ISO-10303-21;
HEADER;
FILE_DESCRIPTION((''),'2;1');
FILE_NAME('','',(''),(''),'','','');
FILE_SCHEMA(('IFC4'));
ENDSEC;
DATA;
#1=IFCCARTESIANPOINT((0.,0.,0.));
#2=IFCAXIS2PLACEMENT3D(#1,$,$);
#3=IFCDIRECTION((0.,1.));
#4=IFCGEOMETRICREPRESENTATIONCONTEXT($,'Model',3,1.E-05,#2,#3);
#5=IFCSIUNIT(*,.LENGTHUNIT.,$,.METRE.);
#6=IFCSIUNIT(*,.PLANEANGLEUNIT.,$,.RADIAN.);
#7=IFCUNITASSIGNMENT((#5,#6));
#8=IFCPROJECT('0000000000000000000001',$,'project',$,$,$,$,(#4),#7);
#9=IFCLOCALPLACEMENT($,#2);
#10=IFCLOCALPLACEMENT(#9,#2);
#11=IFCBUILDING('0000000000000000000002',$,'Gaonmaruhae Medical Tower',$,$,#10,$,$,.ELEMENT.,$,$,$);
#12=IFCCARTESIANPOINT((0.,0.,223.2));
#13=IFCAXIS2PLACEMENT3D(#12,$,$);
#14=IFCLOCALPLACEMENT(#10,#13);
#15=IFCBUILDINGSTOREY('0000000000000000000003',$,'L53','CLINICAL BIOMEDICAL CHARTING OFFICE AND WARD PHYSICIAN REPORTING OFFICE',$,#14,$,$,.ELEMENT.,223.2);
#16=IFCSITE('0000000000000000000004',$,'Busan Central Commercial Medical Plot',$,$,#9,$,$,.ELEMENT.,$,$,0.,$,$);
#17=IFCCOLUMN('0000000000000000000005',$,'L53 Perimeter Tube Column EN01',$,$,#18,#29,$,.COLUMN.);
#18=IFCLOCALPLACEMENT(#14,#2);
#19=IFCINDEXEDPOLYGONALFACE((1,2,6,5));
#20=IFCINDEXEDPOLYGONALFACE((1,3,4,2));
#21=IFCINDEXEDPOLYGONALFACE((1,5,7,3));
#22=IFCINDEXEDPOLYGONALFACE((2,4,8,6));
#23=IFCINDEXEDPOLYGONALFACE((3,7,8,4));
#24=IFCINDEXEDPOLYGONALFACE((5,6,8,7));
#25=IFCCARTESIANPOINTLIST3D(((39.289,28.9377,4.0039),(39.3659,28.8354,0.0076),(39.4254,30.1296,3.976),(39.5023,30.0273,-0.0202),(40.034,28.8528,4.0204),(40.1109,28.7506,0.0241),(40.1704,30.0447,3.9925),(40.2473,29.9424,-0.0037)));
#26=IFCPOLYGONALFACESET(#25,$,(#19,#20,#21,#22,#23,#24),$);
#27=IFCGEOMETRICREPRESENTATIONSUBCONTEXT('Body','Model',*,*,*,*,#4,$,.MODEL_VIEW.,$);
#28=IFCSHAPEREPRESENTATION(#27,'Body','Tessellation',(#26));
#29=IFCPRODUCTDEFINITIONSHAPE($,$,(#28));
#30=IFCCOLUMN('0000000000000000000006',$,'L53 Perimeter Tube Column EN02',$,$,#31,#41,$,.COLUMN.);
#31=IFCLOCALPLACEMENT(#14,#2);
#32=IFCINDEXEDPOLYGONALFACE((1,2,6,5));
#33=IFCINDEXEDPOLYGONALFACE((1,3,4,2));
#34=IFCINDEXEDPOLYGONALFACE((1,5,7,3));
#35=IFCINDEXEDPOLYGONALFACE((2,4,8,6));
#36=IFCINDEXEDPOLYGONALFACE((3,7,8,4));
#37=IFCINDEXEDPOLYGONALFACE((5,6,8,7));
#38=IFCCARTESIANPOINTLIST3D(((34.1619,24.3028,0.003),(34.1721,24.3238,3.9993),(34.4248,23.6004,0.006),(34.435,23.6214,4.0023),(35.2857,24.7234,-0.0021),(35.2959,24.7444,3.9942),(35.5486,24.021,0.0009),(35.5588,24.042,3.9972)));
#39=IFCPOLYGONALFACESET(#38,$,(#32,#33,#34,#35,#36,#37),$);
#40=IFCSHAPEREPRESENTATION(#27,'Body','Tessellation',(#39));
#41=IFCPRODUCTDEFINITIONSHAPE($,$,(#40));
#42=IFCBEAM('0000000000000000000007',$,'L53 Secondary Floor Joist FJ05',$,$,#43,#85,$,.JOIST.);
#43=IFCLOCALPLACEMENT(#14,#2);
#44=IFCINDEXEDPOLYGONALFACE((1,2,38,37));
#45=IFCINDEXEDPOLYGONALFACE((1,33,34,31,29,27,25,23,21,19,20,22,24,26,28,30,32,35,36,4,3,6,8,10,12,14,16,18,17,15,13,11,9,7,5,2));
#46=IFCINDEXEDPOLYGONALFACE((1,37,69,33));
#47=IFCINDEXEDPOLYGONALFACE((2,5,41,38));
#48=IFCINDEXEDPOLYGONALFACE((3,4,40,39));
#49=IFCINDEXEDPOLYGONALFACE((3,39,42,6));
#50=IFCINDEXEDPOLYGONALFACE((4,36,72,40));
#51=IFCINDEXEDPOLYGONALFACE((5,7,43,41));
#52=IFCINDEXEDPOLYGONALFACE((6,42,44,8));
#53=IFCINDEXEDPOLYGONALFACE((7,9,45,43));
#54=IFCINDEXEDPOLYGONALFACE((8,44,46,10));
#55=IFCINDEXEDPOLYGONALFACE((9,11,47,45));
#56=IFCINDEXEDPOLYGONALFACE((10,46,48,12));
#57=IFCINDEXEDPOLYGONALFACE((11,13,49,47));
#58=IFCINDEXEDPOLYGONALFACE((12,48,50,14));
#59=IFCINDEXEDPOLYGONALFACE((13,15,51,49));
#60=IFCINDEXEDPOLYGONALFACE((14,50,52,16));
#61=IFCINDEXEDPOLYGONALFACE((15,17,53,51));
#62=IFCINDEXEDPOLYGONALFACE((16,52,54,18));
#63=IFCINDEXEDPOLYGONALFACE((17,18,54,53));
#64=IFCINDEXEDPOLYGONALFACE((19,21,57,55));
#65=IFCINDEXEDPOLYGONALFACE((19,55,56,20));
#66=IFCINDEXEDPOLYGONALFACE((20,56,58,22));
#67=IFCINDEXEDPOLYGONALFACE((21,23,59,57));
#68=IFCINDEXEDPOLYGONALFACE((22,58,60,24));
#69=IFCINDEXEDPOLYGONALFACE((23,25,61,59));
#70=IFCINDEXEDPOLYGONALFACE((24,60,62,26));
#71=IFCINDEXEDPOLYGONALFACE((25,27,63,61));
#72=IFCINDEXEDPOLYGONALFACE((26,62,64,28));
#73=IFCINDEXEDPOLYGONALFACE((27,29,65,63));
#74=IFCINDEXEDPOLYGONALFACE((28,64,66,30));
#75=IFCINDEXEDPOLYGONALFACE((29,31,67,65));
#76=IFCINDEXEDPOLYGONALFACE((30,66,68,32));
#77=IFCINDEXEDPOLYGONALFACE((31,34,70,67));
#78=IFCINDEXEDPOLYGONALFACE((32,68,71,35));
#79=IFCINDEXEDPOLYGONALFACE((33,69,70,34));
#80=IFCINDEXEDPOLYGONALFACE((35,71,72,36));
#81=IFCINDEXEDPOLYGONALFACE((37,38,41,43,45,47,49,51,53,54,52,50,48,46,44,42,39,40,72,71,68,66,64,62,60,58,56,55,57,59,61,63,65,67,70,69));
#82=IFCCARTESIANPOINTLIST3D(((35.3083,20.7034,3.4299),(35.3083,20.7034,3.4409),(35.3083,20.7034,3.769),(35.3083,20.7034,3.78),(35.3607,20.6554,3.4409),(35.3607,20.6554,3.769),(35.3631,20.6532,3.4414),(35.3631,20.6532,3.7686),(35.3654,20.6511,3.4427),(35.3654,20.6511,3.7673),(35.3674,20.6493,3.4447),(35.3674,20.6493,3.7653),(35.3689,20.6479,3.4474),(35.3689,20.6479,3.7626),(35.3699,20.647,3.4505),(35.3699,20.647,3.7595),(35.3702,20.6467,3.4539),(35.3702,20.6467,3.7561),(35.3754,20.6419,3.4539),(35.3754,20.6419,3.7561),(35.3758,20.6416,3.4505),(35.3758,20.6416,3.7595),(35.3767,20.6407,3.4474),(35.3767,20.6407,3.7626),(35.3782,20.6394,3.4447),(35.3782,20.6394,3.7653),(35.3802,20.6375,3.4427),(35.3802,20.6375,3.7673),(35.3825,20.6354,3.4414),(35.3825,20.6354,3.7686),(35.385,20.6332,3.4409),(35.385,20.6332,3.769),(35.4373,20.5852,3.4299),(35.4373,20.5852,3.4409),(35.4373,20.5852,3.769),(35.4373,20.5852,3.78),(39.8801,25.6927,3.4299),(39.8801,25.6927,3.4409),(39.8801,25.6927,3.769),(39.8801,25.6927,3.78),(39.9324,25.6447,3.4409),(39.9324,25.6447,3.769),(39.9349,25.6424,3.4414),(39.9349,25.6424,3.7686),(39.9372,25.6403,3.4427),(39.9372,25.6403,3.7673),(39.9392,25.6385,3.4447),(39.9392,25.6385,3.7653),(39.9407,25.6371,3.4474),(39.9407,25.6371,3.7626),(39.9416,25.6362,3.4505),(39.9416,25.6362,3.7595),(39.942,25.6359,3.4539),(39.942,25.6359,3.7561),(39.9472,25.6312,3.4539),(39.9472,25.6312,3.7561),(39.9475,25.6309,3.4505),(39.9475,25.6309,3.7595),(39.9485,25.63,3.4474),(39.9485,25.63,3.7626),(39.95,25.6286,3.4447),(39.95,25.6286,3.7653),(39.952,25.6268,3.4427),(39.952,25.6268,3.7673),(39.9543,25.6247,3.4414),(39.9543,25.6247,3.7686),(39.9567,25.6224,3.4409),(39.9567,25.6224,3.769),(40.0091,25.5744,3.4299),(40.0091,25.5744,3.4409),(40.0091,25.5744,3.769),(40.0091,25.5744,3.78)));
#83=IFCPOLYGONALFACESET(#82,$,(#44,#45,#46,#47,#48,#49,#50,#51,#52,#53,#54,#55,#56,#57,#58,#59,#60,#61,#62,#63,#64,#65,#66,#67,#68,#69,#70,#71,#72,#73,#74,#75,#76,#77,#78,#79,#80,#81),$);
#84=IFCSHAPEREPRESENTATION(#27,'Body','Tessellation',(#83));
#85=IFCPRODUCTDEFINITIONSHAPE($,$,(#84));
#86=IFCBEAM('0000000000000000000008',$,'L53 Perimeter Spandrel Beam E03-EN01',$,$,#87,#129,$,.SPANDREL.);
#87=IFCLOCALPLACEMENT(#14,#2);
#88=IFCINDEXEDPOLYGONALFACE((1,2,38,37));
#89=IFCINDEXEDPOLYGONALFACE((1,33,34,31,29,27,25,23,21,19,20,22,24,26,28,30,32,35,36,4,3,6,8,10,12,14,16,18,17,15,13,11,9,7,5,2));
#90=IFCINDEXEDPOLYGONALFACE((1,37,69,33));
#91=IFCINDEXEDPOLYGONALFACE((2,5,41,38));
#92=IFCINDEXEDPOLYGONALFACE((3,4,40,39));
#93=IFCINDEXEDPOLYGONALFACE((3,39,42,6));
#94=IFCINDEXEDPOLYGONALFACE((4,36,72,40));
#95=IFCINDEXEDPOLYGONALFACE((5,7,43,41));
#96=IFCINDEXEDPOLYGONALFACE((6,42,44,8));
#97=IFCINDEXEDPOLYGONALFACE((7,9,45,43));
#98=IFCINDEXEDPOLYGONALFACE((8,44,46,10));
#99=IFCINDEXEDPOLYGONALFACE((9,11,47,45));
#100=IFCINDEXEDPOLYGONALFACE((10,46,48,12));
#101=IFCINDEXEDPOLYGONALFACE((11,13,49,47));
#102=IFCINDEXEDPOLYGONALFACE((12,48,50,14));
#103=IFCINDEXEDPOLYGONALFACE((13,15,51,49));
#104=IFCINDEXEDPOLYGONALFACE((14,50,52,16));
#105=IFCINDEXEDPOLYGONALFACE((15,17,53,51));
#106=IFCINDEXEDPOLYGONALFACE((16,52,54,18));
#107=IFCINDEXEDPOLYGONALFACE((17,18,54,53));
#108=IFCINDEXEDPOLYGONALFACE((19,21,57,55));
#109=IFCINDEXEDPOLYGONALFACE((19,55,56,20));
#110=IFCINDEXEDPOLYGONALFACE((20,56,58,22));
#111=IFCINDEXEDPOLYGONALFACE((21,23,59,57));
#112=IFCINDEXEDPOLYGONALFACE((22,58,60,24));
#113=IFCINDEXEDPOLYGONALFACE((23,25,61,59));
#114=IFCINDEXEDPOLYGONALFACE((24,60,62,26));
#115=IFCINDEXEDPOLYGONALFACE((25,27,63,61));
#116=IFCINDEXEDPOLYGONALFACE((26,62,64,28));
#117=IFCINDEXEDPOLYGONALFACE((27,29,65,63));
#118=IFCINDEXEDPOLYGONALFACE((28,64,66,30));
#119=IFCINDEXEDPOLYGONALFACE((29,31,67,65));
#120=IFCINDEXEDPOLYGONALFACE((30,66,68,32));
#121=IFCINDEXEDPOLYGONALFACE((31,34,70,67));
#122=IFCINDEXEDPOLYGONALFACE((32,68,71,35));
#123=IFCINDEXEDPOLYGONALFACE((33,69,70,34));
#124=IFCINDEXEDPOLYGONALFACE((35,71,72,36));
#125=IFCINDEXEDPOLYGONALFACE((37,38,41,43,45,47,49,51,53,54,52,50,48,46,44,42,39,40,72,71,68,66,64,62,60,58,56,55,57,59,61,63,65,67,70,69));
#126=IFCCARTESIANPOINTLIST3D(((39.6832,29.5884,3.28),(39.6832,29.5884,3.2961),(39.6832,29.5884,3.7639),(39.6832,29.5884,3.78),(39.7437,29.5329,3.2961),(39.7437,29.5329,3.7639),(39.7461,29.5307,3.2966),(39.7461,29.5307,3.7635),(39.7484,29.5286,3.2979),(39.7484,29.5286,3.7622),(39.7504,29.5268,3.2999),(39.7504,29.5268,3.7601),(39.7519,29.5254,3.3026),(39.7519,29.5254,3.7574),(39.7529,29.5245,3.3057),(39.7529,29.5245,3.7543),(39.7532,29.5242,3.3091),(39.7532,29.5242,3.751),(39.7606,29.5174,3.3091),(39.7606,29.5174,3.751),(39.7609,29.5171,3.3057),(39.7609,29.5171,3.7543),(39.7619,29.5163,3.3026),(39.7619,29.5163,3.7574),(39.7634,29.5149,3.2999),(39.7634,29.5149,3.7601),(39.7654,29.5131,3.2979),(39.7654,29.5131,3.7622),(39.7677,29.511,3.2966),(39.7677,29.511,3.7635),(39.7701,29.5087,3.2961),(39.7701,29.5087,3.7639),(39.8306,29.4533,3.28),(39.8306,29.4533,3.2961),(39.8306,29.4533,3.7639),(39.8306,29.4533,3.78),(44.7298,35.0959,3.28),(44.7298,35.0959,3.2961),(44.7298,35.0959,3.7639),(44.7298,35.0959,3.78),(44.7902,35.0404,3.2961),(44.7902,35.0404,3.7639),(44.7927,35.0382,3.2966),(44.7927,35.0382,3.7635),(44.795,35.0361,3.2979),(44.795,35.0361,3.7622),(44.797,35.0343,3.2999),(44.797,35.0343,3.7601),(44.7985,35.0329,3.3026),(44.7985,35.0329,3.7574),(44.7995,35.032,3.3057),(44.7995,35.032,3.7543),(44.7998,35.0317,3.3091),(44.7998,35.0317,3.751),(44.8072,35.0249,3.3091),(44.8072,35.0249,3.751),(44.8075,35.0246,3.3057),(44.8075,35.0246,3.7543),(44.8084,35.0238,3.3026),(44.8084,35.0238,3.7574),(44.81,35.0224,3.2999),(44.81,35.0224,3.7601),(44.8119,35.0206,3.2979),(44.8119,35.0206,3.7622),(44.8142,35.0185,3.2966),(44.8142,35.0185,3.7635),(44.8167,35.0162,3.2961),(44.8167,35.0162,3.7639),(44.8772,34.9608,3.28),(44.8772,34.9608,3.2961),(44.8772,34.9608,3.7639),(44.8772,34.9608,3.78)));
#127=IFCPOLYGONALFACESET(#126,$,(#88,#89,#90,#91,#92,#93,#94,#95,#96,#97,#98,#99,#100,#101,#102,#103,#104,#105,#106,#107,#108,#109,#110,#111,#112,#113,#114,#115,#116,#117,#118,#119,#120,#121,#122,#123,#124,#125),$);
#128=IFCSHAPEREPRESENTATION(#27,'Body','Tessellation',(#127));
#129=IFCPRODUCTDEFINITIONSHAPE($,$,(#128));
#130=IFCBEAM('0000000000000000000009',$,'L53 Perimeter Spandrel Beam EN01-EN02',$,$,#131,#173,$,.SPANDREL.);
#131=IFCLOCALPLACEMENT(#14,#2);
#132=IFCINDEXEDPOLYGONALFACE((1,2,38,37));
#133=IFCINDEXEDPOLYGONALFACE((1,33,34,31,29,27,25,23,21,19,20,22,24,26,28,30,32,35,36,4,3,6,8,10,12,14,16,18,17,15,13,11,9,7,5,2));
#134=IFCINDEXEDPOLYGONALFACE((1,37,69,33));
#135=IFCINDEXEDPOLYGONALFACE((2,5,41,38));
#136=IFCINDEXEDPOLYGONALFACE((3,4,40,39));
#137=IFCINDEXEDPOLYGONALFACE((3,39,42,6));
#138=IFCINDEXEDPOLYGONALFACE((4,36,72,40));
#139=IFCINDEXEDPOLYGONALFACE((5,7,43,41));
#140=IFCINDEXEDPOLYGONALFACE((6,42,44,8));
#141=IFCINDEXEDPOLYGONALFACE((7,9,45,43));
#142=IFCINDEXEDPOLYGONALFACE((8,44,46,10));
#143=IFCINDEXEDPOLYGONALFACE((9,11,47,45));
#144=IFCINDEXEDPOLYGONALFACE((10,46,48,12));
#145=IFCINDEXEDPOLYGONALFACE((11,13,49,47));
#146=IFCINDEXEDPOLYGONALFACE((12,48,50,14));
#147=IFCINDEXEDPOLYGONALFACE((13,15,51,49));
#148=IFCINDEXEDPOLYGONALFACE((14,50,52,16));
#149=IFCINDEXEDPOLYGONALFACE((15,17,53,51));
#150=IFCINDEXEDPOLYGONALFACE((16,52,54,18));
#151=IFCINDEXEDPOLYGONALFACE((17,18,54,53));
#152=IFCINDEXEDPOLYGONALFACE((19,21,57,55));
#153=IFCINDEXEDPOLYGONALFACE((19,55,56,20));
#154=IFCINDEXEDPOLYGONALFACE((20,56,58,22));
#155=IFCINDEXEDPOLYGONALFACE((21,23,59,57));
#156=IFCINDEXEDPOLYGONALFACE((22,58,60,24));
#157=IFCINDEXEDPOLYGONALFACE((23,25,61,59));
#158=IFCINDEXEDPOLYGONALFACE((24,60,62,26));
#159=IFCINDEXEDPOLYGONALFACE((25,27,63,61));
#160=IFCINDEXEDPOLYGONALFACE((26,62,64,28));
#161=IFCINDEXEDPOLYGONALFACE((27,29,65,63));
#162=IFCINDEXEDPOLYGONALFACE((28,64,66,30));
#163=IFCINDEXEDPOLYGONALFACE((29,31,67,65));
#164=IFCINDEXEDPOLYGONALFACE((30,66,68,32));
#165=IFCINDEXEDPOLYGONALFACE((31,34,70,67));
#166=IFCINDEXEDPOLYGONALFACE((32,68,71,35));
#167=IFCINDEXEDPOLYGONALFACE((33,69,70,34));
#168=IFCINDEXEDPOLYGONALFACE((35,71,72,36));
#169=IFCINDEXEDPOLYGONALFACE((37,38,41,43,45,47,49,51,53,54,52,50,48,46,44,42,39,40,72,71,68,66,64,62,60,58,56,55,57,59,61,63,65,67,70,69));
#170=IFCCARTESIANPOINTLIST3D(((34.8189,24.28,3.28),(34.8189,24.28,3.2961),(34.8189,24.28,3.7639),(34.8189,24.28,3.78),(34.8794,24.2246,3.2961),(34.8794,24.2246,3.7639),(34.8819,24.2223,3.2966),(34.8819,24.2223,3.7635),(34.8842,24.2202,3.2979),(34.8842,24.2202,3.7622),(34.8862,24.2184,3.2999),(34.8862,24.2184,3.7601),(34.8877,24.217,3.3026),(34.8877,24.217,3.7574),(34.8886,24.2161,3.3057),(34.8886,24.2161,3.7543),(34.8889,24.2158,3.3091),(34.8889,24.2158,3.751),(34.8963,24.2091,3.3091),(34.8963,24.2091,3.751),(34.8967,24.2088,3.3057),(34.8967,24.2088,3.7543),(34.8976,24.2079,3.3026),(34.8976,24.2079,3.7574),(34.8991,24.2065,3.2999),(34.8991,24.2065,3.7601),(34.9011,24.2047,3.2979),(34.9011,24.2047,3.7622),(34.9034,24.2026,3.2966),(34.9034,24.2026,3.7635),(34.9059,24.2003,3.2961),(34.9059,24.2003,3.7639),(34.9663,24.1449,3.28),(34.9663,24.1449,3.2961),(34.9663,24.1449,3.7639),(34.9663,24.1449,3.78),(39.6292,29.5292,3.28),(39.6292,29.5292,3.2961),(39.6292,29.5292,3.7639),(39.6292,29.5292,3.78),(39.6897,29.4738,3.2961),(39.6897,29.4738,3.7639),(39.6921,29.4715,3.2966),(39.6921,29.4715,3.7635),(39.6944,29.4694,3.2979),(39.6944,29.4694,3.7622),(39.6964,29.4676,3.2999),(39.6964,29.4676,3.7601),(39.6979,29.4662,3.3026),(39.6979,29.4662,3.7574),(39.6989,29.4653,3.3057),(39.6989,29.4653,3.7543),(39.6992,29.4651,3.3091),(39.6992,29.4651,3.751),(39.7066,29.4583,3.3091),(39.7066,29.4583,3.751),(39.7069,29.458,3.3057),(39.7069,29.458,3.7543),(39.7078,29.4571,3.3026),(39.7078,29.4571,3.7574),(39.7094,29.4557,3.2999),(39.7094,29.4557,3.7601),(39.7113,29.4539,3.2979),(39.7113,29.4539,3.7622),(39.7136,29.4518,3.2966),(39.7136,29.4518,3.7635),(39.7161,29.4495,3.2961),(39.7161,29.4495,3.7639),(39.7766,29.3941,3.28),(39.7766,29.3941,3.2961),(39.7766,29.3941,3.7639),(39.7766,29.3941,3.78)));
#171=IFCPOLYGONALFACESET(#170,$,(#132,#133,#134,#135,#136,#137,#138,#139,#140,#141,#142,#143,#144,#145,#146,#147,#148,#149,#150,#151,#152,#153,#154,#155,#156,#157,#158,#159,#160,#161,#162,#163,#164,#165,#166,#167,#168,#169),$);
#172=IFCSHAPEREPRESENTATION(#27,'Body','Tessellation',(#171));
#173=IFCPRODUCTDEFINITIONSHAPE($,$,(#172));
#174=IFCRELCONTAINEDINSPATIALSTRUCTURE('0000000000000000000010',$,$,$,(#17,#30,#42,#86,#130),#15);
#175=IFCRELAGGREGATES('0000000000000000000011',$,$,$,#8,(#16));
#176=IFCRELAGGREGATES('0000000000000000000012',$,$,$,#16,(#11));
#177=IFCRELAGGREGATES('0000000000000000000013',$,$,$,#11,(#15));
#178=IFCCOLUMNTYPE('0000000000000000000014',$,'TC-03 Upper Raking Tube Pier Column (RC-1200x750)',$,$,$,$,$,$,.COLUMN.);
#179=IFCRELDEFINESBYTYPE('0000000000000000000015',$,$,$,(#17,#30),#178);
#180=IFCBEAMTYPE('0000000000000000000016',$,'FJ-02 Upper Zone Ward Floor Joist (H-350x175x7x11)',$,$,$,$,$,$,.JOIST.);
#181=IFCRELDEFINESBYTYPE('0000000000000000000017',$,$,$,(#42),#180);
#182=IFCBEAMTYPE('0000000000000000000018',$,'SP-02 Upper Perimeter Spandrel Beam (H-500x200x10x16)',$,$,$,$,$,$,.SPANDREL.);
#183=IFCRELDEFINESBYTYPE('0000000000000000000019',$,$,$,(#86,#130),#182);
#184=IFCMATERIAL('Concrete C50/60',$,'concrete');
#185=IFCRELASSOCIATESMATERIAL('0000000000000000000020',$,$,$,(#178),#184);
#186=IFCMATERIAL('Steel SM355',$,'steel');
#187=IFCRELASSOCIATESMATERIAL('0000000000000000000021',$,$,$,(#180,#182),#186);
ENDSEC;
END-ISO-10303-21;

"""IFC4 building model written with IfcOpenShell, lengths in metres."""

from ifc_helpers import new_model, si_unit, direction, frame, origin, origin_2d, place, context, subcontext, project, spatial, rectangle, i_section, extrude, material, material_profile, profile_set, type_object, element, save


model = new_model("IFC4")

# Units and contexts
model_context = context("Model", 3, precision=1e-05, world=origin(), true_north=direction((0.0, 1.0)))
body_context = subcontext(model_context, "Body", "Model", "MODEL_VIEW")
ifc_project = project(units=[si_unit("LENGTHUNIT", "METRE"), si_unit("PLANEANGLEUNIT", "RADIAN")], contexts=[model_context])

# Site, building, storey
site_placement = place(None, origin())
site = spatial("IfcSite", under=ifc_project, at=site_placement, Name="Busan Central Commercial Medical Plot", CompositionType="ELEMENT", RefElevation=0.0)
building_placement = place(site_placement, origin())
building = spatial("IfcBuilding", under=site, at=building_placement, Name="Gaonmaruhae Medical Tower", CompositionType="ELEMENT")
storey_placement = place(building_placement, frame((0.0, 0.0, 223.2)))
storey = spatial("IfcBuildingStorey", under=building, at=storey_placement, Name="L53", Description="CLINICAL BIOMEDICAL CHARTING OFFICE AND WARD PHYSICIAN REPORTING OFFICE", CompositionType="ELEMENT", Elevation=223.2)

# Columns
ifc_material_1 = material(Name="Concrete C50/60", Category="concrete")
ifc_material_profile_1 = material_profile(ifc_material_1, rectangle(XDim=1.2, YDim=0.75, at=origin_2d()), Name="RC-1200x750")
ifc_profile_set_1 = profile_set([ifc_material_profile_1], Name="Concrete C50/60")
column_type = type_object("IfcColumnType", Name="TC-03 Upper Raking Tube Pier Column (RC-1200x750)", PredefinedType="COLUMN", material=ifc_profile_set_1)
column_1_placement = place(storey_placement, frame((39.8066, 29.3889, 0.002), z_axis=(-0.019234, 0.025584, 0.999488), x_axis=(-0.113679, -0.993246, 0.023237)))
element("IfcColumn", 1, at=column_1_placement, inside=storey, type_object=column_type, Name="L53 Perimeter Tube Column EN01", PredefinedType="COLUMN", context=body_context, shape_type="SweptSolid", body=[
    extrude(rectangle(XDim=1.2, YDim=0.75, at=origin_2d()), origin(), (0.0, 0.0, 1.0), 3.9983),
])
column_2_placement = place(storey_placement, frame((34.8552, 24.1619, 0.002), z_axis=(0.002566, 0.005254, 0.999983), x_axis=(-0.936542, -0.35053, 0.004245)))
element("IfcColumn", 2, at=column_2_placement, inside=storey, type_object=column_type, Name="L53 Perimeter Tube Column EN02", PredefinedType="COLUMN", context=body_context, shape_type="SweptSolid", body=[
    extrude(rectangle(XDim=1.2, YDim=0.75, at=origin_2d()), origin(), (0.0, 0.0, 1.0), 3.9963),
])

# Beams
ifc_material_2 = material(Name="Steel SM355", Category="steel")
ifc_material_profile_2 = material_profile(ifc_material_2, i_section(OverallWidth=0.175, OverallDepth=0.3501, WebThickness=0.0071, FlangeThickness=0.011, FilletRadius=0.0129, at=origin_2d()), Name="H-350x175x7x11")
ifc_profile_set_2 = profile_set([ifc_material_profile_2], Name="Steel SM355")
beam_type_1 = type_object("IfcBeamType", Name="FJ-02 Upper Zone Ward Floor Joist (H-350x175x7x11)", PredefinedType="JOIST", material=ifc_profile_set_2)
beam_1_placement = place(storey_placement, frame((39.9446, 25.6335, 3.605), z_axis=(-0.675587, -0.73728, 0.0), x_axis=(0.73728, -0.675587, 0.0)))
element("IfcBeam", 3, at=beam_1_placement, inside=storey, type_object=beam_type_1, Name="L53 Secondary Floor Joist FJ05", PredefinedType="JOIST", context=body_context, shape_type="SweptSolid", body=[
    extrude(i_section(OverallWidth=0.175, OverallDepth=0.3501, WebThickness=0.0071, FlangeThickness=0.011, FilletRadius=0.0129, at=origin_2d()), origin(), (0.0, 0.0, 1.0), 6.7671),
])
ifc_material_profile_3 = material_profile(ifc_material_2, i_section(OverallWidth=0.2, OverallDepth=0.5, WebThickness=0.01, FlangeThickness=0.0161, FilletRadius=0.0129, at=origin_2d()), Name="H-500x200x10x16")
ifc_profile_set_3 = profile_set([ifc_material_profile_3], Name="Steel SM355")
beam_type_2 = type_object("IfcBeamType", Name="SP-02 Upper Perimeter Spandrel Beam (H-500x200x10x16)", PredefinedType="SPANDREL", material=ifc_profile_set_3)
beam_2_placement = place(storey_placement, frame((44.8035, 35.0283, 3.53), z_axis=(-0.675581, -0.737286, 0.0), x_axis=(0.737286, -0.675581, 0.0)))
element("IfcBeam", 4, at=beam_2_placement, inside=storey, type_object=beam_type_2, Name="L53 Perimeter Spandrel Beam E03-EN01", PredefinedType="SPANDREL", context=body_context, shape_type="SweptSolid", body=[
    extrude(i_section(OverallWidth=0.2, OverallDepth=0.5, WebThickness=0.01, FlangeThickness=0.0161, FilletRadius=0.0129, at=origin_2d()), origin(), (0.0, 0.0, 1.0), 7.47),
])
beam_3_placement = place(storey_placement, frame((39.7029, 29.4617, 3.53), z_axis=(-0.675608, -0.737261, 0.0), x_axis=(0.737261, -0.675608, 0.0)))
element("IfcBeam", 5, at=beam_3_placement, inside=storey, type_object=beam_type_2, Name="L53 Perimeter Spandrel Beam EN01-EN02", PredefinedType="SPANDREL", context=body_context, shape_type="SweptSolid", body=[
    extrude(i_section(OverallWidth=0.2, OverallDepth=0.5, WebThickness=0.01, FlangeThickness=0.0161, FilletRadius=0.0129, at=origin_2d()), origin(), (0.0, 0.0, 1.0), 7.1199),
])

save(model, "model.ifc")
